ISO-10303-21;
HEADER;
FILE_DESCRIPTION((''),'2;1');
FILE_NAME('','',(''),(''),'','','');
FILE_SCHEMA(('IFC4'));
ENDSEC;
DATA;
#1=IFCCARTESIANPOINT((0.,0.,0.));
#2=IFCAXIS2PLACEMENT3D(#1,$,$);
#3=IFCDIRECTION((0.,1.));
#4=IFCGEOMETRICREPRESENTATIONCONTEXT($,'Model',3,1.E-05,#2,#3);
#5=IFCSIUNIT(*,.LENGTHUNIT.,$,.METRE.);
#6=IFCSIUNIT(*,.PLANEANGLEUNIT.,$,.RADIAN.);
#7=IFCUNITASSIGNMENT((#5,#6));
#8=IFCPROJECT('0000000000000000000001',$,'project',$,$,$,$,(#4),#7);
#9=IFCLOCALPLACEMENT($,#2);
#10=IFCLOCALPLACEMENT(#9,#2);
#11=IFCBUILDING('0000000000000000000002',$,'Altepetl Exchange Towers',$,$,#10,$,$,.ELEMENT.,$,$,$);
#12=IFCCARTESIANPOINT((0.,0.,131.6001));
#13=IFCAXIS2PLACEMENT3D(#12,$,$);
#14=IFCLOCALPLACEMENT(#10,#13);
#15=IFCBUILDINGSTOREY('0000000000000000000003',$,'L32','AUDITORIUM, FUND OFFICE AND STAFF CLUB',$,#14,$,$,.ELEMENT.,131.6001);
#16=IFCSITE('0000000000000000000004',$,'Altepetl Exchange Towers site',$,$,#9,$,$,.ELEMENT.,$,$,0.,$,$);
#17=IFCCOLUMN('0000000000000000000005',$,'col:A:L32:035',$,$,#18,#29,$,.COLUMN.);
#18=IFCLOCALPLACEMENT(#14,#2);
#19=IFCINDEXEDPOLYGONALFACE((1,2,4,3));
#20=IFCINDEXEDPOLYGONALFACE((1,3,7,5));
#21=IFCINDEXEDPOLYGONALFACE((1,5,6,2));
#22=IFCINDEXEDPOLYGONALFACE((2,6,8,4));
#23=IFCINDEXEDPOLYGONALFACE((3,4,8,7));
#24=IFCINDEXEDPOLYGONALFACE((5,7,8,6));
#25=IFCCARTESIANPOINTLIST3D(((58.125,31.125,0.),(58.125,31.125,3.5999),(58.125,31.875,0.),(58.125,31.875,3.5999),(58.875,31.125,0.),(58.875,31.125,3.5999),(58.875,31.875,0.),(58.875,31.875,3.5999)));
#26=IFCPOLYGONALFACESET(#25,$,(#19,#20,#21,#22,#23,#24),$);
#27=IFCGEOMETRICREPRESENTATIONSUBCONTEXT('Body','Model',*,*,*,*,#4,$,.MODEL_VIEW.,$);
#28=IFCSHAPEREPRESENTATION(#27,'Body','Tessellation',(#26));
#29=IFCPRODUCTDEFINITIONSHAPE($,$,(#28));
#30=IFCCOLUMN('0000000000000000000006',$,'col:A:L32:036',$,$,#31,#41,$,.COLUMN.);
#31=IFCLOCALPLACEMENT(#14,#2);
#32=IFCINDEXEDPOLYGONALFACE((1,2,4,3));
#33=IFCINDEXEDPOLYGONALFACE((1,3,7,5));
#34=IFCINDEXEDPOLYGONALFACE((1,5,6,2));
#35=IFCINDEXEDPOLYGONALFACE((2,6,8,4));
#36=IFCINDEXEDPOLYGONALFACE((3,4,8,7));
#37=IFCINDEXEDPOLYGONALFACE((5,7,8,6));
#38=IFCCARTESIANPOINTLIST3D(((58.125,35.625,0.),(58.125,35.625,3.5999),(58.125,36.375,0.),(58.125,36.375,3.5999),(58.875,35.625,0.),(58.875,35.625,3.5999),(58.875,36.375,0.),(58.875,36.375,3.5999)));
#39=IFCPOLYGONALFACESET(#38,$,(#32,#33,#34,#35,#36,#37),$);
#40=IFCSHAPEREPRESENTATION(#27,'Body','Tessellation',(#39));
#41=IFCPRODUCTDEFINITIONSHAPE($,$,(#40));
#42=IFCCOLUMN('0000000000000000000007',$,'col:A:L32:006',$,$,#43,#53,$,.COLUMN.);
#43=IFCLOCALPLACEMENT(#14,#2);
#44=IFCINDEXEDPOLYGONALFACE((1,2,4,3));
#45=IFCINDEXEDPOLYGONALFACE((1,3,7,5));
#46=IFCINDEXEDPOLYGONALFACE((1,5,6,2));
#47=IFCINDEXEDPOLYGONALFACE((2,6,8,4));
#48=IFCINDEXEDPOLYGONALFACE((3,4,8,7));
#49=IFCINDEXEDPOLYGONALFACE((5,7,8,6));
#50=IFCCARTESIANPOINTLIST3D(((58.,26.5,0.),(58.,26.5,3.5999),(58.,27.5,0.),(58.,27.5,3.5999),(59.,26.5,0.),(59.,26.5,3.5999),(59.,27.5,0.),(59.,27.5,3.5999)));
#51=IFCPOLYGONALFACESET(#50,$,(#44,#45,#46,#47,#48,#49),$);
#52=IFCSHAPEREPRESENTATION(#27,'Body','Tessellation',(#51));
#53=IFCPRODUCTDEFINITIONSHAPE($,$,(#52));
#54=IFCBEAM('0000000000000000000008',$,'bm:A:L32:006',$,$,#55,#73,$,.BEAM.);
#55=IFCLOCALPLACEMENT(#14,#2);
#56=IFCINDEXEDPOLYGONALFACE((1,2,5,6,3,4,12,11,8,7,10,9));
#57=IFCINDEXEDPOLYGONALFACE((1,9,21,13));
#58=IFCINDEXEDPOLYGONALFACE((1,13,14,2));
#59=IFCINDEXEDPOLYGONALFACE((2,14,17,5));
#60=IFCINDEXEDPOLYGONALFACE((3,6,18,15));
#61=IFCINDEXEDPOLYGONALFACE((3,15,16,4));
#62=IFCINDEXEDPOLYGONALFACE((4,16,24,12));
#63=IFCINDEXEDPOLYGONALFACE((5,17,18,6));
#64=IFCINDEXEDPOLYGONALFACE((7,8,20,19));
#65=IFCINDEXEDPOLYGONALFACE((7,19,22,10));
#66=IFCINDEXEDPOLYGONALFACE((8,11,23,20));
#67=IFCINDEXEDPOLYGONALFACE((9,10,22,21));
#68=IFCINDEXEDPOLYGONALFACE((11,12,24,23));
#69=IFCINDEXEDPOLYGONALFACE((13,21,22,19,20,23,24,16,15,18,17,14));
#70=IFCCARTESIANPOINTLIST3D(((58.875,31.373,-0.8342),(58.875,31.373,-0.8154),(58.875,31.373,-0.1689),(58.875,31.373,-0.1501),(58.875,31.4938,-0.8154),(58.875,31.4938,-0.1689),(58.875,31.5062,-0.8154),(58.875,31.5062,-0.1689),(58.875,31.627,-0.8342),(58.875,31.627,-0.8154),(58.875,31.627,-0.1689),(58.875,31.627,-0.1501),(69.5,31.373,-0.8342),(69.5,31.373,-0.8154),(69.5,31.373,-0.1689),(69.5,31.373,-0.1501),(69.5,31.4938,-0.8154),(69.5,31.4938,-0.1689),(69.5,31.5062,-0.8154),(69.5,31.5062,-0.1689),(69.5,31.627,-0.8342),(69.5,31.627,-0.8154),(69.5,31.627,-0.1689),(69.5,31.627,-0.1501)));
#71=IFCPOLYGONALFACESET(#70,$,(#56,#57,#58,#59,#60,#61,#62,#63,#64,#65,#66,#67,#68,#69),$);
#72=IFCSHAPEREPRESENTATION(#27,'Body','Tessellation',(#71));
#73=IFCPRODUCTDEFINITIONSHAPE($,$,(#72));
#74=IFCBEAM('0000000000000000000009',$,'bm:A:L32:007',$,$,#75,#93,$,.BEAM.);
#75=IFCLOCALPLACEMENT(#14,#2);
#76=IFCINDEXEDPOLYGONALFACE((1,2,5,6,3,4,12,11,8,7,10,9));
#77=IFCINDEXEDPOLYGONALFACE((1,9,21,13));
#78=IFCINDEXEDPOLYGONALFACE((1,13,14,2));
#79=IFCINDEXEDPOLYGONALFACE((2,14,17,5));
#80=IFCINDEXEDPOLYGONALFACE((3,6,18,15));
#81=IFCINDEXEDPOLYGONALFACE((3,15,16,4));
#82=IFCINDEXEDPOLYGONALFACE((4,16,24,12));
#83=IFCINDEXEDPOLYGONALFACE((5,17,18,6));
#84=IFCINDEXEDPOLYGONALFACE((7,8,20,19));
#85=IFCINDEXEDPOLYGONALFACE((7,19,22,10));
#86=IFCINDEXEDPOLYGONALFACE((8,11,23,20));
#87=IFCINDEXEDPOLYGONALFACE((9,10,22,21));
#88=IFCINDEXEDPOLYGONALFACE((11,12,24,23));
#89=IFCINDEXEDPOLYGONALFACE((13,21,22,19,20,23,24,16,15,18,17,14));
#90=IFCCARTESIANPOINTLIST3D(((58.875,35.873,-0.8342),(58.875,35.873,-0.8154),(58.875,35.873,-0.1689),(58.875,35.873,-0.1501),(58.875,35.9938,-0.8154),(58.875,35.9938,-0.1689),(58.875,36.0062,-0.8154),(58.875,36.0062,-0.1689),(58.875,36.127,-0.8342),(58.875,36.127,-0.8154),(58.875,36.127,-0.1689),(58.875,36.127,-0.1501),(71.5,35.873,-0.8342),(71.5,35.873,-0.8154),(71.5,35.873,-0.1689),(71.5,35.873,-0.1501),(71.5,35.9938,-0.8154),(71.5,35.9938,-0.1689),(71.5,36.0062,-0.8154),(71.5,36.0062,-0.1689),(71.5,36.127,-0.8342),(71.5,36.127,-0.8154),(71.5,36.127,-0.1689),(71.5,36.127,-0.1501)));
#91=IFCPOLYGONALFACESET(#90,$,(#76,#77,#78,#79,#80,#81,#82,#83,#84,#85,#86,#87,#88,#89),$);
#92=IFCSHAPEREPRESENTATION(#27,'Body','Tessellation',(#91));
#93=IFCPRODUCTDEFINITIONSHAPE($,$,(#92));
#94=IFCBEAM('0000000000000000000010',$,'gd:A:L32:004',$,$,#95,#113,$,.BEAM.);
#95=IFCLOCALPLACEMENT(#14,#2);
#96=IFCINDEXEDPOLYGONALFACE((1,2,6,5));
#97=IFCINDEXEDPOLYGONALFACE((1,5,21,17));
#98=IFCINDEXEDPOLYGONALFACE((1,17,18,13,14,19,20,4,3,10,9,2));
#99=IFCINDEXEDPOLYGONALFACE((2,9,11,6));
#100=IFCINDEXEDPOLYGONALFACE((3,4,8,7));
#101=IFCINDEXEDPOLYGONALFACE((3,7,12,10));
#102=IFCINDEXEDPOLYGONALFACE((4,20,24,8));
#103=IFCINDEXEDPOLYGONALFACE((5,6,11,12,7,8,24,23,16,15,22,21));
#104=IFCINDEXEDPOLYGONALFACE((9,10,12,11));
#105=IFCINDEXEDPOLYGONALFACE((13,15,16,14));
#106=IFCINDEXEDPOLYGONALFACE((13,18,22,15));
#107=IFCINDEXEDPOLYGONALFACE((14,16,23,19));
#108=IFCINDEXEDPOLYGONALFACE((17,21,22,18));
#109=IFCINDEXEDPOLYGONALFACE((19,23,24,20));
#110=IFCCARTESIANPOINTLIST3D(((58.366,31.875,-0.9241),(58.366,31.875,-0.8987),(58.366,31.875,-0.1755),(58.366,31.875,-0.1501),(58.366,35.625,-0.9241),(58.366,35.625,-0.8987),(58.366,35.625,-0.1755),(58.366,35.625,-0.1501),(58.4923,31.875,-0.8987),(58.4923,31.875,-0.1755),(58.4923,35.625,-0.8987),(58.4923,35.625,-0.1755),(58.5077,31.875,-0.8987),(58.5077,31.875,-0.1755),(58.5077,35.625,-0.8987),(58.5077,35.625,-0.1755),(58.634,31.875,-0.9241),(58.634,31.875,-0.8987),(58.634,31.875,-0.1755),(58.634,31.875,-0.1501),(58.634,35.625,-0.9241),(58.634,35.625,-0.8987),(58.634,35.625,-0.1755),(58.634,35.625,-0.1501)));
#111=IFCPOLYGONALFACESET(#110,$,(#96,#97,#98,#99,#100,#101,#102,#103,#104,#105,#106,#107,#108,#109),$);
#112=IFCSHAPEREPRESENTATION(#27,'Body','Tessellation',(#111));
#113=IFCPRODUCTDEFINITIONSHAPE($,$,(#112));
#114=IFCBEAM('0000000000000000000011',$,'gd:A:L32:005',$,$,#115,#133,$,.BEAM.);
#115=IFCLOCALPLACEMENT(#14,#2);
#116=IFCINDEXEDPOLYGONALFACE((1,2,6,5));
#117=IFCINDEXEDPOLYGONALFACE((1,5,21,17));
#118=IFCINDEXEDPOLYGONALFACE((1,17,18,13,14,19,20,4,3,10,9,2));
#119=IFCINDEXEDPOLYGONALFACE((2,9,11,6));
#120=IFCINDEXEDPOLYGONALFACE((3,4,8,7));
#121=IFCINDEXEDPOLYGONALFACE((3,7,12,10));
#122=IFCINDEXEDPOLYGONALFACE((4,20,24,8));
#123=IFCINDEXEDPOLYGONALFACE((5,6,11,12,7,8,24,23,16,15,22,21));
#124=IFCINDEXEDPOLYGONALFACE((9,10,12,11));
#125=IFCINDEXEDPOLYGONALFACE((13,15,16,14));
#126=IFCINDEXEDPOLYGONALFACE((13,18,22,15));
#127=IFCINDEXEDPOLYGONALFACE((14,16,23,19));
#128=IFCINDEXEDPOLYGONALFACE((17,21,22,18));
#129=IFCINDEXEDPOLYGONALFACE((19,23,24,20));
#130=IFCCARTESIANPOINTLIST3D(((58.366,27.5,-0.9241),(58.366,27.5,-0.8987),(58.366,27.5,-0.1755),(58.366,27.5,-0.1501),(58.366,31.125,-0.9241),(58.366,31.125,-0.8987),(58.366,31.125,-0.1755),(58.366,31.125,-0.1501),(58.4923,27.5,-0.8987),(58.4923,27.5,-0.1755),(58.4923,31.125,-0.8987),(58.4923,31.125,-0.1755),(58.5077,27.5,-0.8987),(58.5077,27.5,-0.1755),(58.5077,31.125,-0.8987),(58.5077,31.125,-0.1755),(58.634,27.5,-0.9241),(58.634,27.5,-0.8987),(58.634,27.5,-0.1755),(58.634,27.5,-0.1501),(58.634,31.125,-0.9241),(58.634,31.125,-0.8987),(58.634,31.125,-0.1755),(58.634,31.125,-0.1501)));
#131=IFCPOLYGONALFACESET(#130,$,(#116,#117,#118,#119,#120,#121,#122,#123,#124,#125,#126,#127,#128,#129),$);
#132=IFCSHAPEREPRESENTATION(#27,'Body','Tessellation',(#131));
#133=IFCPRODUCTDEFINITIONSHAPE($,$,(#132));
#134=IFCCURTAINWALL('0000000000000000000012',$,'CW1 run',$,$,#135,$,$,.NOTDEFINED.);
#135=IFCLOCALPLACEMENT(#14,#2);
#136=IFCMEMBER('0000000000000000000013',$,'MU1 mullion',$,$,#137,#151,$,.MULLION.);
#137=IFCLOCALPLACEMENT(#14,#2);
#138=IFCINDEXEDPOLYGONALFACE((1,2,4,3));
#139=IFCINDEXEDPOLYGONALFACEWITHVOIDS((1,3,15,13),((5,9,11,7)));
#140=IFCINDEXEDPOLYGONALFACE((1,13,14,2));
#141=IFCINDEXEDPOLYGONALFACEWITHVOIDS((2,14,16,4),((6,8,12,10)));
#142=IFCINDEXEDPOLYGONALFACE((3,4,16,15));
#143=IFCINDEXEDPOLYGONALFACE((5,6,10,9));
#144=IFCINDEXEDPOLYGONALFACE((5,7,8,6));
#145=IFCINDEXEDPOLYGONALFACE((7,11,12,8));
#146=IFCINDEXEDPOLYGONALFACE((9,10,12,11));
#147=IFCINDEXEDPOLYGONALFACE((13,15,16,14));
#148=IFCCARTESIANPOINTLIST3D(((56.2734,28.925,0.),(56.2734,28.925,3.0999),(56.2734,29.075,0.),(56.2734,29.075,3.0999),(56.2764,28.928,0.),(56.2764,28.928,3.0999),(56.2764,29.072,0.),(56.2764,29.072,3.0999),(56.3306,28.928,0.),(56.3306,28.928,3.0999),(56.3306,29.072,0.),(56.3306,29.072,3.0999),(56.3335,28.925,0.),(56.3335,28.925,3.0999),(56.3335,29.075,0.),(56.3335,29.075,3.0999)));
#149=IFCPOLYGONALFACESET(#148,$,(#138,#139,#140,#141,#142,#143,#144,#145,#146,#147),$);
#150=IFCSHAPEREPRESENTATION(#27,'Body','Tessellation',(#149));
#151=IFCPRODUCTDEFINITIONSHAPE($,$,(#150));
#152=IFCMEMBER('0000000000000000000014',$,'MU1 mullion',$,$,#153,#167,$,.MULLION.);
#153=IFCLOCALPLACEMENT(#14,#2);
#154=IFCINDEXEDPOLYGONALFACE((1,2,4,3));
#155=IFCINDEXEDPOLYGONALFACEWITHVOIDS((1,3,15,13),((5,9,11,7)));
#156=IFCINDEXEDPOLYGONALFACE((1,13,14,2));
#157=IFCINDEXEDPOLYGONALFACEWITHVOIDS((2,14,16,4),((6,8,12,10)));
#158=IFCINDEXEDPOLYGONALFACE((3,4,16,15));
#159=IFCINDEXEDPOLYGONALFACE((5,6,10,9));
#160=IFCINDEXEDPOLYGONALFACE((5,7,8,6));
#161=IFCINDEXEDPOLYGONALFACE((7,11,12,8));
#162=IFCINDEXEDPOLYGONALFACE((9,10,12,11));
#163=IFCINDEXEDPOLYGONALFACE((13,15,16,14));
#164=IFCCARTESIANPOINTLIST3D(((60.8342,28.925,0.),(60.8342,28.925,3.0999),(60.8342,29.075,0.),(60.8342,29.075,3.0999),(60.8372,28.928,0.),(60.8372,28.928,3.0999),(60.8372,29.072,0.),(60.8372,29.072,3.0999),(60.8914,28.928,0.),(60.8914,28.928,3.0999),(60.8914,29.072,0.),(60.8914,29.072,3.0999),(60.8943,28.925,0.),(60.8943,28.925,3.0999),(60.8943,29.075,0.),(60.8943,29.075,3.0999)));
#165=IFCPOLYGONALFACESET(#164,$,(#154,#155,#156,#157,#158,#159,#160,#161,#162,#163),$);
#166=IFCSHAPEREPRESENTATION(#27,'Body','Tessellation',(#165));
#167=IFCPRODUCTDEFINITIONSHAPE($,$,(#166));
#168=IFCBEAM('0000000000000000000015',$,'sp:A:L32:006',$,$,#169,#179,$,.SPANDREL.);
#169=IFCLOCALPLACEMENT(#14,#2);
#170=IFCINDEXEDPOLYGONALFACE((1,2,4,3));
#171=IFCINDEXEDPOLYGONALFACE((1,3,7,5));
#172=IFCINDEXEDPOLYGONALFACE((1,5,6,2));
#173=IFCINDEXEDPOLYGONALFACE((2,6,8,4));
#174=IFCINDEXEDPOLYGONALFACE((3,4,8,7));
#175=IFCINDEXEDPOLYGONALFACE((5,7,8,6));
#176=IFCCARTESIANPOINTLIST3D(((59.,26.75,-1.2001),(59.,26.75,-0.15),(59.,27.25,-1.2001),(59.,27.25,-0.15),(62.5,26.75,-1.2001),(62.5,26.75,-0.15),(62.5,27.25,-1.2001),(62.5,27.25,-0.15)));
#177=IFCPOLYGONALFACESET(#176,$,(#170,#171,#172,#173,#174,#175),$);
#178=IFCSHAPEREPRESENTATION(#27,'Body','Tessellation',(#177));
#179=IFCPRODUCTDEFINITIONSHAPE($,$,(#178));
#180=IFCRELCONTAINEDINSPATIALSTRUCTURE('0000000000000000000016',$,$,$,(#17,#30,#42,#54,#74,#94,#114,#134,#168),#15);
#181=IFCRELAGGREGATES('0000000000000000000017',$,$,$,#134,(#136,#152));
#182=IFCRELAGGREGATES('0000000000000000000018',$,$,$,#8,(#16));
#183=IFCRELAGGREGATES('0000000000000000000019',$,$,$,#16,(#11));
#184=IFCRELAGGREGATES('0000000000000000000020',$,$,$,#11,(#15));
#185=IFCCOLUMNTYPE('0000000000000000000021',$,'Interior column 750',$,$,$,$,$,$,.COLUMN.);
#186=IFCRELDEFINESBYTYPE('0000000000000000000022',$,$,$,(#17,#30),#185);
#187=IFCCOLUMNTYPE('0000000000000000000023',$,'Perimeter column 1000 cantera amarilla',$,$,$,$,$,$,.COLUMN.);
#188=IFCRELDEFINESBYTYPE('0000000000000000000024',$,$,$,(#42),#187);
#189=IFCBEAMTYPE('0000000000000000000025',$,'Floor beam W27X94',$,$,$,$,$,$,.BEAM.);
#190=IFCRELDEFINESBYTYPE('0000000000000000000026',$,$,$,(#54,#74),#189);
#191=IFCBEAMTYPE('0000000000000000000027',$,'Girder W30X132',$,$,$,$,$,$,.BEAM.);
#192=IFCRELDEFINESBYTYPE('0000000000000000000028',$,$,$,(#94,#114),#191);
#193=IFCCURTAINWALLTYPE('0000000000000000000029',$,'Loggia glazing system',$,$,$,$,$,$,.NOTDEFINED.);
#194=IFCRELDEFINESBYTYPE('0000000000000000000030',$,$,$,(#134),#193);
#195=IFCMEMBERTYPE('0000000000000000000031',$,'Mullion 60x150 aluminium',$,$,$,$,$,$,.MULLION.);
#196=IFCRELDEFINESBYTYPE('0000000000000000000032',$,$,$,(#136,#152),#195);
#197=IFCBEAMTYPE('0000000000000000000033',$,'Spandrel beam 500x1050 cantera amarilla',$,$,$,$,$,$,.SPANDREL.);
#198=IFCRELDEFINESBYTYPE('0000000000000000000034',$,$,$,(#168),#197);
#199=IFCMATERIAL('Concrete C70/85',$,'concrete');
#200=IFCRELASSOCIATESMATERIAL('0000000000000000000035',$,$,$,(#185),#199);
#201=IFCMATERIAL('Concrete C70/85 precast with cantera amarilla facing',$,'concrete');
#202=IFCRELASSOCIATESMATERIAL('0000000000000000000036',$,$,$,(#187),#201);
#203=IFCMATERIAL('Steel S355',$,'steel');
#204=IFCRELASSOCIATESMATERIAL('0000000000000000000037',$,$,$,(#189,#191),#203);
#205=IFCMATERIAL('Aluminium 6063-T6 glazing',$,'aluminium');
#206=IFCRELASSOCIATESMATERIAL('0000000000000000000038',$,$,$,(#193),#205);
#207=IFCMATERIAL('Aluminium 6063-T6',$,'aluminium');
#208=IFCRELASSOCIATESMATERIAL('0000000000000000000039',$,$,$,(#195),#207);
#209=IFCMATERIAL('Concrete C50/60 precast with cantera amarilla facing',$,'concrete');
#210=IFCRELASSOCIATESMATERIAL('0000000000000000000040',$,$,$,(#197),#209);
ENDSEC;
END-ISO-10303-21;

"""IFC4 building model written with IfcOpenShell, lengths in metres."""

from ifc_helpers import new_model, si_unit, direction, frame, origin, origin_2d, place, context, subcontext, project, spatial, rectangle, hollow_rectangle, i_section, extrude, material, material_profile, profile_set, type_object, element, aggregate, save


model = new_model("IFC4")

# Units and contexts
model_context = context("Model", 3, precision=1e-05, world=origin(), true_north=direction((0.0, 1.0)))
body_context = subcontext(model_context, "Body", "Model", "MODEL_VIEW")
ifc_project = project(units=[si_unit("LENGTHUNIT", "METRE"), si_unit("PLANEANGLEUNIT", "RADIAN")], contexts=[model_context])

# Site, building, storey
site_placement = place(None, origin())
site = spatial("IfcSite", under=ifc_project, at=site_placement, Name="Altepetl Exchange Towers site", CompositionType="ELEMENT", RefElevation=0.0)
building_placement = place(site_placement, origin())
building = spatial("IfcBuilding", under=site, at=building_placement, Name="Altepetl Exchange Towers", CompositionType="ELEMENT")
storey_placement = place(building_placement, frame((0.0, 0.0, 131.6001)))
storey = spatial("IfcBuildingStorey", under=building, at=storey_placement, Name="L32", Description="AUDITORIUM, FUND OFFICE AND STAFF CLUB", CompositionType="ELEMENT", Elevation=131.6001)

# Columns
ifc_material_1 = material(Name="Concrete C70/85", Category="concrete")
ifc_material_profile_1 = material_profile(ifc_material_1, rectangle(XDim=0.75, YDim=0.75, at=origin_2d()), Name="750 x 750")
ifc_profile_set_1 = profile_set([ifc_material_profile_1], Name="Concrete C70/85")
column_type_1 = type_object("IfcColumnType", Name="Interior column 750", PredefinedType="COLUMN", material=ifc_profile_set_1)
for number, where, name in (
    (1, (58.5, 31.5, 0.0), "col:A:L32:035"),
    (2, (58.5, 36.0, 0.0), "col:A:L32:036"),
):
    element("IfcColumn", number, at=place(storey_placement, frame(where)), inside=storey, type_object=column_type_1, Name=name, PredefinedType="COLUMN", context=body_context, shape_type="SweptSolid", body=[
        extrude(rectangle(XDim=0.75, YDim=0.75, at=origin_2d()), origin(), (0.0, 0.0, 1.0), 3.5999),
    ])
ifc_material_2 = material(Name="Concrete C70/85 precast with cantera amarilla facing", Category="concrete")
ifc_material_profile_2 = material_profile(ifc_material_2, rectangle(XDim=1.0, YDim=1.0, at=origin_2d()), Name="1000 x 1000")
ifc_profile_set_2 = profile_set([ifc_material_profile_2], Name="Concrete C70/85 precast with cantera amarilla facing")
column_type_2 = type_object("IfcColumnType", Name="Perimeter column 1000 cantera amarilla", PredefinedType="COLUMN", material=ifc_profile_set_2)
column_placement = place(storey_placement, frame((58.5, 27.0, 0.0)))
element("IfcColumn", 3, at=column_placement, inside=storey, type_object=column_type_2, Name="col:A:L32:006", PredefinedType="COLUMN", context=body_context, shape_type="SweptSolid", body=[
    extrude(rectangle(XDim=1.0, YDim=1.0, at=origin_2d()), origin(), (0.0, 0.0, 1.0), 3.5999),
])

# Beams
ifc_material_3 = material(Name="Steel S355", Category="steel")
ifc_material_profile_3 = material_profile(ifc_material_3, i_section(OverallWidth=0.2539, OverallDepth=0.6841, WebThickness=0.0125, FlangeThickness=0.0188, at=origin_2d()), Name="W27X94")
ifc_profile_set_3 = profile_set([ifc_material_profile_3], Name="Steel S355")
beam_type_1 = type_object("IfcBeamType", Name="Floor beam W27X94", PredefinedType="BEAM", material=ifc_profile_set_3)
beam_1_placement = place(storey_placement, frame((58.875, 31.5, -0.4922), z_axis=(1.0, 0.0, 0.0), x_axis=(0.0, 1.0, 0.0)))
element("IfcBeam", 4, at=beam_1_placement, inside=storey, type_object=beam_type_1, Name="bm:A:L32:006", PredefinedType="BEAM", context=body_context, shape_type="SweptSolid", body=[
    extrude(i_section(OverallWidth=0.2539, OverallDepth=0.6841, WebThickness=0.0125, FlangeThickness=0.0188, at=origin_2d()), origin(), (0.0, 0.0, 1.0), 10.625),
])
beam_2_placement = place(storey_placement, frame((58.875, 36.0, -0.4922), z_axis=(1.0, 0.0, 0.0), x_axis=(0.0, 1.0, 0.0)))
element("IfcBeam", 5, at=beam_2_placement, inside=storey, type_object=beam_type_1, Name="bm:A:L32:007", PredefinedType="BEAM", context=body_context, shape_type="SweptSolid", body=[
    extrude(i_section(OverallWidth=0.2539, OverallDepth=0.6841, WebThickness=0.0125, FlangeThickness=0.0188, at=origin_2d()), origin(), (0.0, 0.0, 1.0), 12.625),
])
ifc_material_profile_4 = material_profile(ifc_material_3, i_section(OverallWidth=0.2681, OverallDepth=0.7739, WebThickness=0.0154, FlangeThickness=0.0254, at=origin_2d()), Name="W30X132")
ifc_profile_set_4 = profile_set([ifc_material_profile_4], Name="Steel S355")
beam_type_2 = type_object("IfcBeamType", Name="Girder W30X132", PredefinedType="BEAM", material=ifc_profile_set_4)
beam_3_placement = place(storey_placement, frame((58.5, 35.625, -0.5371), z_axis=(0.0, -1.0, 0.0), x_axis=(1.0, 0.0, 0.0)))
element("IfcBeam", 6, at=beam_3_placement, inside=storey, type_object=beam_type_2, Name="gd:A:L32:004", PredefinedType="BEAM", context=body_context, shape_type="SweptSolid", body=[
    extrude(i_section(OverallWidth=0.2681, OverallDepth=0.7739, WebThickness=0.0154, FlangeThickness=0.0254, at=origin_2d()), origin(), (0.0, 0.0, 1.0), 3.75),
])
beam_4_placement = place(storey_placement, frame((58.5, 31.125, -0.5371), z_axis=(0.0, -1.0, 0.0), x_axis=(1.0, 0.0, 0.0)))
element("IfcBeam", 7, at=beam_4_placement, inside=storey, type_object=beam_type_2, Name="gd:A:L32:005", PredefinedType="BEAM", context=body_context, shape_type="SweptSolid", body=[
    extrude(i_section(OverallWidth=0.2681, OverallDepth=0.7739, WebThickness=0.0154, FlangeThickness=0.0254, at=origin_2d()), origin(), (0.0, 0.0, 1.0), 3.625),
])

# Curtain wall, members
ifc_material_4 = material(Name="Aluminium 6063-T6 glazing", Category="aluminium")
curtain_wall_type = type_object("IfcCurtainWallType", Name="Loggia glazing system", PredefinedType="NOTDEFINED", material=ifc_material_4)
curtain_wall_placement = place(storey_placement, origin())
curtain_wall = element("IfcCurtainWall", 8, at=curtain_wall_placement, inside=storey, type_object=curtain_wall_type, Name="CW1 run", PredefinedType="NOTDEFINED")
ifc_material_5 = material(Name="Aluminium 6063-T6", Category="aluminium")
ifc_material_profile_5 = material_profile(ifc_material_5, hollow_rectangle(XDim=0.0601, YDim=0.1499, WallThickness=0.0029, at=origin_2d()), Name="Mullion 60x150 aluminium")
ifc_profile_set_5 = profile_set([ifc_material_profile_5], Name="Aluminium 6063-T6")
member_type = type_object("IfcMemberType", Name="Mullion 60x150 aluminium", PredefinedType="MULLION", material=ifc_profile_set_5)
member_1_placement = place(storey_placement, frame((56.3035, 29.0, 0.0)))
member_1 = element("IfcMember", 9, at=member_1_placement, type_object=member_type, Name="MU1 mullion", PredefinedType="MULLION", context=body_context, shape_type="SweptSolid", body=[
    extrude(hollow_rectangle(XDim=0.0601, YDim=0.1499, WallThickness=0.0029, at=origin_2d()), origin(), (0.0, 0.0, 1.0), 3.0999),
])
member_2_placement = place(storey_placement, frame((60.8643, 29.0, 0.0)))
member_2 = element("IfcMember", 10, at=member_2_placement, type_object=member_type, Name="MU1 mullion", PredefinedType="MULLION", context=body_context, shape_type="SweptSolid", body=[
    extrude(hollow_rectangle(XDim=0.0601, YDim=0.1499, WallThickness=0.0029, at=origin_2d()), origin(), (0.0, 0.0, 1.0), 3.0999),
])

# Beam
ifc_material_6 = material(Name="Concrete C50/60 precast with cantera amarilla facing", Category="concrete")
ifc_material_profile_6 = material_profile(ifc_material_6, rectangle(XDim=0.5, YDim=1.05, at=origin_2d()), Name="500 x 1050")
ifc_profile_set_6 = profile_set([ifc_material_profile_6], Name="Concrete C50/60 precast with cantera amarilla facing")
beam_type_3 = type_object("IfcBeamType", Name="Spandrel beam 500x1050 cantera amarilla", PredefinedType="SPANDREL", material=ifc_profile_set_6)
beam_5_placement = place(storey_placement, frame((59.0, 27.0, -0.675), z_axis=(1.0, 0.0, 0.0), x_axis=(0.0, 1.0, 0.0)))
element("IfcBeam", 11, at=beam_5_placement, inside=storey, type_object=beam_type_3, Name="sp:A:L32:006", PredefinedType="SPANDREL", context=body_context, shape_type="SweptSolid", body=[
    extrude(rectangle(XDim=0.5, YDim=1.05, at=origin_2d()), origin(), (0.0, 0.0, 1.0), 3.5),
])

aggregate(curtain_wall, [member_1, member_2])

save(model, "model.ifc")
